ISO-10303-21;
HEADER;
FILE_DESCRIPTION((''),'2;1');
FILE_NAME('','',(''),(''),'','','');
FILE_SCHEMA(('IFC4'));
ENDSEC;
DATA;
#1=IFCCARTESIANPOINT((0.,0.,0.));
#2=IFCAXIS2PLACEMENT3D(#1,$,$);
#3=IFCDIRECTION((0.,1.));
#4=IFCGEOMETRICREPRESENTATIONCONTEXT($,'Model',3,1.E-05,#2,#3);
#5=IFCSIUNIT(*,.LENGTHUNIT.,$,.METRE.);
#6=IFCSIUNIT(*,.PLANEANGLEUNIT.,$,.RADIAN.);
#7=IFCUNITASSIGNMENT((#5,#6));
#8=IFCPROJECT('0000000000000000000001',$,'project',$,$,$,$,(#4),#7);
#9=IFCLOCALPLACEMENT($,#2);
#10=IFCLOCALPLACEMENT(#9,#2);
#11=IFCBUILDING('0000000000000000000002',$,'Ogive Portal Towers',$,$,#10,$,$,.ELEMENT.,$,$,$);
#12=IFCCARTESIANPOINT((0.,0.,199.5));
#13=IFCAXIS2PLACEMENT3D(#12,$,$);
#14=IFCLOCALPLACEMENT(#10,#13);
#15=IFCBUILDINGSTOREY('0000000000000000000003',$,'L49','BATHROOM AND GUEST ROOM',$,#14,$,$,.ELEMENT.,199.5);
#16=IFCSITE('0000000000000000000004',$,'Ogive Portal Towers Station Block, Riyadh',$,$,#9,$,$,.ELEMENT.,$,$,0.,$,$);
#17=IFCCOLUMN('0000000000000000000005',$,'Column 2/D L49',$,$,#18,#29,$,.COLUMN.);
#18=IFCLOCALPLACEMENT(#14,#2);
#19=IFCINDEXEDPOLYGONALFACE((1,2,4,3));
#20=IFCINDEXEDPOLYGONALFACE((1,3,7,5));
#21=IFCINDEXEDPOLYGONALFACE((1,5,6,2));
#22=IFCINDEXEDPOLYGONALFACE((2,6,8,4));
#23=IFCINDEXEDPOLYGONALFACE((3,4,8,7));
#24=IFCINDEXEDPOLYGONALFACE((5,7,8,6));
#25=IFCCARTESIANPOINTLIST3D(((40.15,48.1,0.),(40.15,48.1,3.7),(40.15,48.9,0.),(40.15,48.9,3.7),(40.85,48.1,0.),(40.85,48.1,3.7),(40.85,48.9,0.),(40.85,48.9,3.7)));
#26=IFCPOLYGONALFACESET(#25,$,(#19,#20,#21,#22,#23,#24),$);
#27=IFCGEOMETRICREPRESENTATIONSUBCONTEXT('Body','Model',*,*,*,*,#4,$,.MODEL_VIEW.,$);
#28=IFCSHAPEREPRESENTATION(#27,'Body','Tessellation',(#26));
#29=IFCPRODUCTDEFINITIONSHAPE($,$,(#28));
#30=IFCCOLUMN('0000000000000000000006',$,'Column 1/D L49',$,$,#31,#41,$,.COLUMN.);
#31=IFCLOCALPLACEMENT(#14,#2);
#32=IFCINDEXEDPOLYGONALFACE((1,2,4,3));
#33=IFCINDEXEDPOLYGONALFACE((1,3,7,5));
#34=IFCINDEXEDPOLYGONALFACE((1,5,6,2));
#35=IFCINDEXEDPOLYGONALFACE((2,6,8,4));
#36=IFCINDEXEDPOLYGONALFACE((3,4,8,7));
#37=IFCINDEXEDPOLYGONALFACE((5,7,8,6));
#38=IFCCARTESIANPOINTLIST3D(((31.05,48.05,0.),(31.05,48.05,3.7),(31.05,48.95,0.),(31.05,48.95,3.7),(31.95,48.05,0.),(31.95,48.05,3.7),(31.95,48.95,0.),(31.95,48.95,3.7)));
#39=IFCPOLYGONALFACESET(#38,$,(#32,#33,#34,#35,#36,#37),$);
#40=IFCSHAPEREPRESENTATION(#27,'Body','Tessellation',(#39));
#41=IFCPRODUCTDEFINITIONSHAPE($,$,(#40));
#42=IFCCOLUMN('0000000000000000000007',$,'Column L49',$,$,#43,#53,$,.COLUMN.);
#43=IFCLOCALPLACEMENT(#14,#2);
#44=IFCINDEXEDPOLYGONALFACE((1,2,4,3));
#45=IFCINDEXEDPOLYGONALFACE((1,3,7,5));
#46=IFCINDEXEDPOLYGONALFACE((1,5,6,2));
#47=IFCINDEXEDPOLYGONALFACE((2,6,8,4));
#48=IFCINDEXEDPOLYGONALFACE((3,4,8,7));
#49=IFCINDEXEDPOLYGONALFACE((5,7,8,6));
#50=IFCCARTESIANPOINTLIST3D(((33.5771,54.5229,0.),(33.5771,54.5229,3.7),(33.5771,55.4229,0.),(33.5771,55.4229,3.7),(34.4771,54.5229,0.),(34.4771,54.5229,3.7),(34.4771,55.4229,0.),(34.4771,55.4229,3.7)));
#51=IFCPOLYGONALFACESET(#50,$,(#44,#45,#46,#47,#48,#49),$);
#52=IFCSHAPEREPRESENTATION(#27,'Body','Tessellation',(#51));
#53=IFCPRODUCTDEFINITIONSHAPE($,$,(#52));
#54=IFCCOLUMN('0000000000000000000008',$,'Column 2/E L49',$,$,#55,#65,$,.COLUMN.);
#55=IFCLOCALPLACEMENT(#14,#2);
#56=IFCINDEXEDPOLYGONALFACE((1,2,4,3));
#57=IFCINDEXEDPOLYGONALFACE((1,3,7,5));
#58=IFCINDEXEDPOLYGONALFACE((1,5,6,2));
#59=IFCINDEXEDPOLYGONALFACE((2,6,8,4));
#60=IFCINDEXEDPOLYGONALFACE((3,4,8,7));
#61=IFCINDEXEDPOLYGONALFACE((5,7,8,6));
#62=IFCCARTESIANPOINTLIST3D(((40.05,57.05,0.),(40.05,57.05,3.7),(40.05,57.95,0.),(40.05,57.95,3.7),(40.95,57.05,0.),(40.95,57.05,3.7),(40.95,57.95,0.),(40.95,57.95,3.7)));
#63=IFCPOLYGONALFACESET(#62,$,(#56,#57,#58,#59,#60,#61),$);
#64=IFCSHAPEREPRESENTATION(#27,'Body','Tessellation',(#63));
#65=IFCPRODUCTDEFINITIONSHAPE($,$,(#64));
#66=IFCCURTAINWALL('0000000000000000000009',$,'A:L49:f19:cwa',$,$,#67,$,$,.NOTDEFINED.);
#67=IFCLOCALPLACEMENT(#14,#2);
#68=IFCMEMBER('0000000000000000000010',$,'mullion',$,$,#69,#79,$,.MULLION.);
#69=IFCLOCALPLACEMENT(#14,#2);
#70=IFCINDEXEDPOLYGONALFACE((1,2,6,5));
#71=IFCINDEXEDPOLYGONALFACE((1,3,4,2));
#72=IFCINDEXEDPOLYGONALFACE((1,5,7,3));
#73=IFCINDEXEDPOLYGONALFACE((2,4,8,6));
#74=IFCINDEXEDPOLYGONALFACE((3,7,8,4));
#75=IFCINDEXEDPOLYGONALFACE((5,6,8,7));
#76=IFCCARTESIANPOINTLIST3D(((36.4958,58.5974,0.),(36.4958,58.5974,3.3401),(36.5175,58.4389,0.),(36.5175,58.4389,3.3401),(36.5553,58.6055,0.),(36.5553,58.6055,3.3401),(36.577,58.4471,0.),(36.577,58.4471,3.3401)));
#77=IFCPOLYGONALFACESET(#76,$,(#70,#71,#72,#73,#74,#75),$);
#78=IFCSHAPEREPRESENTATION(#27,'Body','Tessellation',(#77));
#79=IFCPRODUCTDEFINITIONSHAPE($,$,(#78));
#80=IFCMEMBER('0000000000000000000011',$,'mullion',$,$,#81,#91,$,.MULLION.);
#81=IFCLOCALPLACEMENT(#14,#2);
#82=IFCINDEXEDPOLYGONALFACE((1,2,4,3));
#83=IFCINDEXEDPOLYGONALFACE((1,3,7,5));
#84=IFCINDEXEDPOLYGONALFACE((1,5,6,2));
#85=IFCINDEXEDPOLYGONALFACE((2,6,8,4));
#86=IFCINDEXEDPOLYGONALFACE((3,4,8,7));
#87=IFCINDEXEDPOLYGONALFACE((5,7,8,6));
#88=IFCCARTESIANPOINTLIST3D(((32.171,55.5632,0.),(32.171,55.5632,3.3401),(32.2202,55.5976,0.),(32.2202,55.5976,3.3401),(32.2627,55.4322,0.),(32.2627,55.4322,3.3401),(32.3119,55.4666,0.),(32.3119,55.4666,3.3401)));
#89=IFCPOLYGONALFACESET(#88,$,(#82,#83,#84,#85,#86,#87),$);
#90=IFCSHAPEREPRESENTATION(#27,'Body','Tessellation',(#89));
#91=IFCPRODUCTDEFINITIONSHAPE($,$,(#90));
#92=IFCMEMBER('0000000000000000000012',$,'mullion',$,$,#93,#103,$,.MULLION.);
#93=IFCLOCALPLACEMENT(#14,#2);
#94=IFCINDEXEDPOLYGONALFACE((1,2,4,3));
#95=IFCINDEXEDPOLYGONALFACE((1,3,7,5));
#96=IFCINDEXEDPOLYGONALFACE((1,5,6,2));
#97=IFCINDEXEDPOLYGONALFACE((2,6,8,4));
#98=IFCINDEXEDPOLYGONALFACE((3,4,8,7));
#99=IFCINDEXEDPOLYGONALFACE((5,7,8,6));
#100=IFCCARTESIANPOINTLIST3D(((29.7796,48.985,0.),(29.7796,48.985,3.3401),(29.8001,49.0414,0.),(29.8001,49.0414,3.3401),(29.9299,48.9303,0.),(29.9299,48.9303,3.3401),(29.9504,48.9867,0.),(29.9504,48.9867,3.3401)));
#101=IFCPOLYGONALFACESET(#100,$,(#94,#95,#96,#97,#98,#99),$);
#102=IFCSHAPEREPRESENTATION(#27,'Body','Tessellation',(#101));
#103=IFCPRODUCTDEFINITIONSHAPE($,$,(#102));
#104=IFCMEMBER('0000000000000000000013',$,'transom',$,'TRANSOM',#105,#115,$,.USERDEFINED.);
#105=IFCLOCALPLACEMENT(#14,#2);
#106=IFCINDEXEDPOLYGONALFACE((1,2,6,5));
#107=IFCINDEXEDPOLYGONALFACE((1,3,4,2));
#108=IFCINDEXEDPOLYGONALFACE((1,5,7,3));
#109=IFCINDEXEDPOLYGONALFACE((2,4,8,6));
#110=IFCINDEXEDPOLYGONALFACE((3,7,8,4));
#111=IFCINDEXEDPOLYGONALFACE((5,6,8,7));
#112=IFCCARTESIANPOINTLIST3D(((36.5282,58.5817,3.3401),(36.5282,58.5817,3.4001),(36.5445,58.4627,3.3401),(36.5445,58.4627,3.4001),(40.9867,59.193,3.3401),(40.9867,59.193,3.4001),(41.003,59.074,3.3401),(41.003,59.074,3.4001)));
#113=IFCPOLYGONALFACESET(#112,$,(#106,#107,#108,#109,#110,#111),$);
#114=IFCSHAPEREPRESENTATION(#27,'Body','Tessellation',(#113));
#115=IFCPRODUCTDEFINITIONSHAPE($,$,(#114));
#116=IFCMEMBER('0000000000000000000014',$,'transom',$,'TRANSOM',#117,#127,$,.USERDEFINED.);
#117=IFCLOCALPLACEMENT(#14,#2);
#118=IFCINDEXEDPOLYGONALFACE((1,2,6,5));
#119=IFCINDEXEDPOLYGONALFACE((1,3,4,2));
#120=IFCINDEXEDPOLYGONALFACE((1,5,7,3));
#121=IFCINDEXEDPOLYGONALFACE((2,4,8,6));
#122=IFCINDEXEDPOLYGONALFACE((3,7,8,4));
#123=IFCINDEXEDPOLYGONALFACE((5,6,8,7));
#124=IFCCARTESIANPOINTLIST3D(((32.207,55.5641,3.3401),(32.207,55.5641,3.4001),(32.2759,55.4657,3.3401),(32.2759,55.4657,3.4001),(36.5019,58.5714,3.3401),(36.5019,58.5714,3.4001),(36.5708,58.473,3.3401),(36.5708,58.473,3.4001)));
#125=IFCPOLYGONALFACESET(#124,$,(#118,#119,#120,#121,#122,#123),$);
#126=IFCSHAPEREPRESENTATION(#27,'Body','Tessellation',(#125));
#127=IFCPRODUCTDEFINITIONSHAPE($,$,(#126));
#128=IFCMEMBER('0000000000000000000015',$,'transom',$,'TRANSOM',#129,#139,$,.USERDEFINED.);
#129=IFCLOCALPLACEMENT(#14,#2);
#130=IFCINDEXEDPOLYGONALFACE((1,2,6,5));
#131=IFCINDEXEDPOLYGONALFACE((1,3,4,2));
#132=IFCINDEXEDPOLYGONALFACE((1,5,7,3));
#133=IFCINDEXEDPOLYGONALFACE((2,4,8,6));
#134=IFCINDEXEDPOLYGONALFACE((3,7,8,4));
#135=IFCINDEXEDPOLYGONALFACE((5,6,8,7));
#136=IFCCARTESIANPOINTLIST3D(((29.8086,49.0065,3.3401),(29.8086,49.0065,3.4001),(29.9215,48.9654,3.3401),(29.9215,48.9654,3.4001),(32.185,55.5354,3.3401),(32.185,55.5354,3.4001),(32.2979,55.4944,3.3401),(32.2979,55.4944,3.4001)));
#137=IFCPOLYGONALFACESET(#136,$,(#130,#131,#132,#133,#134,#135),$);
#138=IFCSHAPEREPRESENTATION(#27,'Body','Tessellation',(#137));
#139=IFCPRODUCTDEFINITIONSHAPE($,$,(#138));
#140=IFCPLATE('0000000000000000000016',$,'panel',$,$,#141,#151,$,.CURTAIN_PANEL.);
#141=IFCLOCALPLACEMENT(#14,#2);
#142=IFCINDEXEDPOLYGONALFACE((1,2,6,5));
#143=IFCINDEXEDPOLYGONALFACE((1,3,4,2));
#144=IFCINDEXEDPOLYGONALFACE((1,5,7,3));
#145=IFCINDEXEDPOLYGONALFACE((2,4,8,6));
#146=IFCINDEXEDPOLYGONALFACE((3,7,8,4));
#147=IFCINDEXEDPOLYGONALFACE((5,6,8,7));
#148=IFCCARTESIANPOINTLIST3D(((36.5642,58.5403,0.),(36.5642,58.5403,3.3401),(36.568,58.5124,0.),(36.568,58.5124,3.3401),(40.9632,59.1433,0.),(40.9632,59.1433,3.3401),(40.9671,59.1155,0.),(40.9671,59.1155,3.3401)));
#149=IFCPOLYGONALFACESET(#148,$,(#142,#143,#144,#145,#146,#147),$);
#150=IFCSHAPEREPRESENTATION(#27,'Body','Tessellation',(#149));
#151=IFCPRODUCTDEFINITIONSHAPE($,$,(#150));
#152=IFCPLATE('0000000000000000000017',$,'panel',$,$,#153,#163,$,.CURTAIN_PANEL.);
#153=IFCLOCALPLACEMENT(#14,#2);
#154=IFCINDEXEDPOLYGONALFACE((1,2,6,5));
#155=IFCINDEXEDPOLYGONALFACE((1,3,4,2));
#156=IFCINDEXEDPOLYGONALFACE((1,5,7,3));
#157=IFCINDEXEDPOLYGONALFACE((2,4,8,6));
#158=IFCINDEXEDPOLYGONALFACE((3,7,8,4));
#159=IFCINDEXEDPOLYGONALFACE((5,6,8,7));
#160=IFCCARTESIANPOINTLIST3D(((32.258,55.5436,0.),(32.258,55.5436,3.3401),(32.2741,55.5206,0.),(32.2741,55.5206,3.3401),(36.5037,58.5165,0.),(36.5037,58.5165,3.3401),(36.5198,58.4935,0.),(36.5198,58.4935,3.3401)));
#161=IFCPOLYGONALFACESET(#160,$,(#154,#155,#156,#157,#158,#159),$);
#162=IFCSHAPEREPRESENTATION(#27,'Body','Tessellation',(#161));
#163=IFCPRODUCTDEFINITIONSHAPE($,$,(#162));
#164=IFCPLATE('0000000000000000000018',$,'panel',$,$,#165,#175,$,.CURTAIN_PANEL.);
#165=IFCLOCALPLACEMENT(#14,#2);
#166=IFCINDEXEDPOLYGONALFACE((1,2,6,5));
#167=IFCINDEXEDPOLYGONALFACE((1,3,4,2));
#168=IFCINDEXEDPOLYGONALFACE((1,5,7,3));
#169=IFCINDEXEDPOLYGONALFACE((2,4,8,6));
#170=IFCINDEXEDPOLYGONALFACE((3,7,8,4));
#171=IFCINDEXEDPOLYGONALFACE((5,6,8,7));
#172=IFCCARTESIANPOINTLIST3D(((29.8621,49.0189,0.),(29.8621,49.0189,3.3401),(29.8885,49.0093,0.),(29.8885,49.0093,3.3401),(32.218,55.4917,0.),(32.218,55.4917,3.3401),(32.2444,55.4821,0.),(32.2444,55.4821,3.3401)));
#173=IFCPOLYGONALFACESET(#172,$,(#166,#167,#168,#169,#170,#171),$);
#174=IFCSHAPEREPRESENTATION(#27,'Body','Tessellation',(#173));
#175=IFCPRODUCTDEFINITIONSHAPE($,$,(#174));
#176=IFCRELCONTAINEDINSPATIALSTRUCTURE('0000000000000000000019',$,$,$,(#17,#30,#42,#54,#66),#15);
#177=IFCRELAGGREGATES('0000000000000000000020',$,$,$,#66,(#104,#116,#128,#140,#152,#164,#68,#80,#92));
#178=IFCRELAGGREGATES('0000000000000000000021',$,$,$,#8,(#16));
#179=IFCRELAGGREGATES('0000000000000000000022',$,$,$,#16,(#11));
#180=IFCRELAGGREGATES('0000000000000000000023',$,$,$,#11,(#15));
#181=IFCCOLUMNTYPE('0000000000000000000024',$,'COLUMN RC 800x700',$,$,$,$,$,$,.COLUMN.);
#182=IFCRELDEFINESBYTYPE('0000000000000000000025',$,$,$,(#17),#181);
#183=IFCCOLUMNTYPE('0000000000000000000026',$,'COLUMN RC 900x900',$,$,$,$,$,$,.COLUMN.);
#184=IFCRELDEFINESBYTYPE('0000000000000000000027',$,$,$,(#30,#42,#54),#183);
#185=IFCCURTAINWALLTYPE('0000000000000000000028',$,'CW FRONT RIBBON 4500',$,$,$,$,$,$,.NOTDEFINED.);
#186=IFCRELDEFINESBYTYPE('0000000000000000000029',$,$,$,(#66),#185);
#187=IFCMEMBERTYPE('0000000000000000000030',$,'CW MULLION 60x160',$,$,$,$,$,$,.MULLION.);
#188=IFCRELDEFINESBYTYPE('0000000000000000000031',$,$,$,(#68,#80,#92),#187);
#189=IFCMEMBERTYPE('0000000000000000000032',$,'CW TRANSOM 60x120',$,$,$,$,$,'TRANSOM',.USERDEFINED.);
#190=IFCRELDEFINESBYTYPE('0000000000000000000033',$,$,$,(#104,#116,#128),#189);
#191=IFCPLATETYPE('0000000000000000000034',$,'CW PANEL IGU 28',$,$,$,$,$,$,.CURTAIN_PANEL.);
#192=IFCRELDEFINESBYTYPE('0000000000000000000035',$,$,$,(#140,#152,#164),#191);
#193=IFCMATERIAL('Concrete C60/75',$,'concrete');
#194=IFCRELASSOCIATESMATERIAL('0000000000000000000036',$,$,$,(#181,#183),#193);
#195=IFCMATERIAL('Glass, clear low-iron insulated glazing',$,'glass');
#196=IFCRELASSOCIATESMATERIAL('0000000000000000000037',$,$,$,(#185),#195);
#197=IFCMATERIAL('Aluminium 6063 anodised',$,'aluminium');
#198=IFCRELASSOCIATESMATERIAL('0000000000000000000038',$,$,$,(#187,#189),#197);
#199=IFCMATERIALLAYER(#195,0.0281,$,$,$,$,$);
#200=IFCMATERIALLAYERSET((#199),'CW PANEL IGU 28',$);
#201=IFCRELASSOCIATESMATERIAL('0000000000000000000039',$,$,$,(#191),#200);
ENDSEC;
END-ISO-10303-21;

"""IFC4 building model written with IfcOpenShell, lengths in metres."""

from ifc_helpers import new_model, si_unit, direction, frame, origin, origin_2d, place, context, subcontext, project, spatial, rectangle, extrude, material, layer, layer_set, material_profile, profile_set, type_object, element, aggregate, save


model = new_model("IFC4")

# Units and contexts
model_context = context("Model", 3, precision=1e-05, world=origin(), true_north=direction((0.0, 1.0)))
body_context = subcontext(model_context, "Body", "Model", "MODEL_VIEW")
ifc_project = project(units=[si_unit("LENGTHUNIT", "METRE"), si_unit("PLANEANGLEUNIT", "RADIAN")], contexts=[model_context])

# Site, building, storey
site_placement = place(None, origin())
site = spatial("IfcSite", under=ifc_project, at=site_placement, Name="Ogive Portal Towers Station Block, Riyadh", CompositionType="ELEMENT", RefElevation=0.0)
building_placement = place(site_placement, origin())
building = spatial("IfcBuilding", under=site, at=building_placement, Name="Ogive Portal Towers", CompositionType="ELEMENT")
storey_placement = place(building_placement, frame((0.0, 0.0, 199.5)))
storey = spatial("IfcBuildingStorey", under=building, at=storey_placement, Name="L49", Description="BATHROOM AND GUEST ROOM", CompositionType="ELEMENT", Elevation=199.5)

# Columns
ifc_material_1 = material(Name="Concrete C60/75", Category="concrete")
ifc_material_profile_1 = material_profile(ifc_material_1, rectangle(XDim=0.8, YDim=0.7, at=origin_2d()), Name="RC 800x700")
ifc_profile_set_1 = profile_set([ifc_material_profile_1], Name="Concrete C60/75")
column_type_1 = type_object("IfcColumnType", Name="COLUMN RC 800x700", PredefinedType="COLUMN", material=ifc_profile_set_1)
column_placement = place(storey_placement, frame((40.5, 48.5, 0.0), z_axis=(0.0, 0.0, 1.0), x_axis=(0.0, 1.0, 0.0)))
element("IfcColumn", 1, at=column_placement, inside=storey, type_object=column_type_1, Name="Column 2/D L49", PredefinedType="COLUMN", context=body_context, shape_type="SweptSolid", body=[
    extrude(rectangle(XDim=0.8, YDim=0.7, at=origin_2d()), origin(), (0.0, 0.0, 1.0), 3.7),
])
ifc_material_profile_2 = material_profile(ifc_material_1, rectangle(XDim=0.8999, YDim=0.8999, at=origin_2d()), Name="RC 900x900")
ifc_profile_set_2 = profile_set([ifc_material_profile_2], Name="Concrete C60/75")
column_type_2 = type_object("IfcColumnType", Name="COLUMN RC 900x900", PredefinedType="COLUMN", material=ifc_profile_set_2)
for number, where, z_axis, x_axis, name in (
    (2, (31.5, 48.5, 0.0), (0.0, 0.0, 1.0), (1.0, 0.0, 0.0), "Column 1/D L49"),
    (3, (34.0271, 54.9729, 0.0), (0.0, 0.0, 1.0), (1.0, 0.0, 0.0), "Column L49"),
    (4, (40.5, 57.5, 0.0), (0.0, 0.0, 1.0), (1.0, 0.0, 0.0), "Column 2/E L49"),
):
    element("IfcColumn", number, at=place(storey_placement, frame(where, z_axis=z_axis, x_axis=x_axis)), inside=storey, type_object=column_type_2, Name=name, PredefinedType="COLUMN", context=body_context, shape_type="SweptSolid", body=[
        extrude(rectangle(XDim=0.8999, YDim=0.8999, at=origin_2d()), origin(), (0.0, 0.0, 1.0), 3.7),
    ])

# Curtain wall, members, plates
ifc_material_2 = material(Name="Glass, clear low-iron insulated glazing", Category="glass")
curtain_wall_type = type_object("IfcCurtainWallType", Name="CW FRONT RIBBON 4500", PredefinedType="NOTDEFINED", material=ifc_material_2)
curtain_wall_placement = place(storey_placement, origin())
curtain_wall = element("IfcCurtainWall", 5, at=curtain_wall_placement, inside=storey, type_object=curtain_wall_type, Name="A:L49:f19:cwa", PredefinedType="NOTDEFINED")
ifc_material_3 = material(Name="Aluminium 6063 anodised", Category="aluminium")
ifc_material_profile_3 = material_profile(ifc_material_3, rectangle(XDim=0.1599, YDim=0.0601, at=origin_2d()), Name="AL 60x160")
ifc_profile_set_3 = profile_set([ifc_material_profile_3], Name="Aluminium 6063 anodised")
member_type_1 = type_object("IfcMemberType", Name="CW MULLION 60x160", PredefinedType="MULLION", material=ifc_profile_set_3)
member_1_placement = place(storey_placement, frame((36.5364, 58.5222, 0.0), z_axis=(0.0, 0.0, 1.0), x_axis=(0.135818, -0.990734, 0.0)))
member_1 = element("IfcMember", 6, at=member_1_placement, type_object=member_type_1, Name="mullion", PredefinedType="MULLION", context=body_context, shape_type="SweptSolid", body=[
    extrude(rectangle(XDim=0.1599, YDim=0.0601, at=origin_2d()), origin(), (0.0, 0.0, 1.0), 3.3401),
])
member_2_placement = place(storey_placement, frame((32.2415, 55.5149, 0.0), z_axis=(0.0, 0.0, 1.0), x_axis=(0.573576, -0.819152, 0.0)))
member_2 = element("IfcMember", 7, at=member_2_placement, type_object=member_type_1, Name="mullion", PredefinedType="MULLION", context=body_context, shape_type="SweptSolid", body=[
    extrude(rectangle(XDim=0.1599, YDim=0.0601, at=origin_2d()), origin(), (0.0, 0.0, 1.0), 3.3401),
])
member_3_placement = place(storey_placement, frame((29.865, 48.9858, 0.0), z_axis=(0.0, 0.0, 1.0), x_axis=(0.939693, -0.34202, 0.0)))
member_3 = element("IfcMember", 8, at=member_3_placement, type_object=member_type_1, Name="mullion", PredefinedType="MULLION", context=body_context, shape_type="SweptSolid", body=[
    extrude(rectangle(XDim=0.1599, YDim=0.0601, at=origin_2d()), origin(), (0.0, 0.0, 1.0), 3.3401),
])
ifc_material_profile_4 = material_profile(ifc_material_3, rectangle(XDim=0.1201, YDim=0.0601, at=origin_2d()), Name="AL 120x60")
ifc_profile_set_4 = profile_set([ifc_material_profile_4], Name="Aluminium 6063 anodised")
member_type_2 = type_object("IfcMemberType", Name="CW TRANSOM 60x120", ElementType="TRANSOM", PredefinedType="USERDEFINED", material=ifc_profile_set_4)
member_4_placement = place(storey_placement, frame((40.9949, 59.1335, 3.3701), z_axis=(-0.99073, -0.135844, 0.0), x_axis=(0.135844, -0.99073, 0.0)))
member_4 = element("IfcMember", 9, at=member_4_placement, type_object=member_type_2, Name="transom", ObjectType="TRANSOM", PredefinedType="USERDEFINED", context=body_context, shape_type="SweptSolid", body=[
    extrude(rectangle(XDim=0.1201, YDim=0.0601, at=origin_2d()), origin(), (0.0, 0.0, 1.0), 4.5002),
])
member_5_placement = place(storey_placement, frame((36.5364, 58.5222, 3.3701), z_axis=(-0.819153, -0.573575, 0.0), x_axis=(0.573575, -0.819153, 0.0)))
member_5 = element("IfcMember", 10, at=member_5_placement, type_object=member_type_2, Name="transom", ObjectType="TRANSOM", PredefinedType="USERDEFINED", context=body_context, shape_type="SweptSolid", body=[
    extrude(rectangle(XDim=0.1201, YDim=0.0601, at=origin_2d()), origin(), (0.0, 0.0, 1.0), 5.2432),
])
member_6_placement = place(storey_placement, frame((32.2415, 55.5149, 3.3701), z_axis=(-0.342031, -0.939689, 0.0), x_axis=(0.939689, -0.342031, 0.0)))
member_6 = element("IfcMember", 11, at=member_6_placement, type_object=member_type_2, Name="transom", ObjectType="TRANSOM", PredefinedType="USERDEFINED", context=body_context, shape_type="SweptSolid", body=[
    extrude(rectangle(XDim=0.1201, YDim=0.0601, at=origin_2d()), origin(), (0.0, 0.0, 1.0), 6.948),
])
ifc_layer_1 = layer(ifc_material_2, 0.0281)
ifc_layer_set_1 = layer_set([ifc_layer_1], Name="CW PANEL IGU 28")
plate_type = type_object("IfcPlateType", Name="CW PANEL IGU 28", PredefinedType="CURTAIN_PANEL", material=ifc_layer_set_1)
plate_1_placement = place(storey_placement, frame((38.7656, 58.8279, 0.0), z_axis=(0.0, 0.0, 1.0), x_axis=(-0.990734, -0.135818, 0.0)))
plate_1 = element("IfcPlate", 12, at=plate_1_placement, type_object=plate_type, Name="panel", PredefinedType="CURTAIN_PANEL", context=body_context, shape_type="SweptSolid", body=[
    extrude(rectangle(XDim=4.4402, YDim=0.0281, at=origin_2d()), origin(), (0.0, 0.0, 1.0), 3.3401),
])
plate_2_placement = place(storey_placement, frame((34.3889, 57.0186, 0.0), z_axis=(0.0, 0.0, 1.0), x_axis=(-0.819152, -0.573576, 0.0)))
plate_2 = element("IfcPlate", 13, at=plate_2_placement, type_object=plate_type, Name="panel", PredefinedType="CURTAIN_PANEL", context=body_context, shape_type="SweptSolid", body=[
    extrude(rectangle(XDim=5.1831, YDim=0.0281, at=origin_2d()), origin(), (0.0, 0.0, 1.0), 3.3401),
])
plate_3_placement = place(storey_placement, frame((31.0532, 52.2505, 0.0), z_axis=(0.0, 0.0, 1.0), x_axis=(-0.34202, -0.939693, 0.0)))
plate_3 = element("IfcPlate", 14, at=plate_3_placement, type_object=plate_type, Name="panel", PredefinedType="CURTAIN_PANEL", context=body_context, shape_type="SweptSolid", body=[
    extrude(rectangle(XDim=6.8882, YDim=0.0281, at=origin_2d()), origin(), (0.0, 0.0, 1.0), 3.3401),
])
aggregate(curtain_wall, [member_4, member_5, member_6, plate_1, plate_2, plate_3, member_1, member_2, member_3])

save(model, "model.ifc")
